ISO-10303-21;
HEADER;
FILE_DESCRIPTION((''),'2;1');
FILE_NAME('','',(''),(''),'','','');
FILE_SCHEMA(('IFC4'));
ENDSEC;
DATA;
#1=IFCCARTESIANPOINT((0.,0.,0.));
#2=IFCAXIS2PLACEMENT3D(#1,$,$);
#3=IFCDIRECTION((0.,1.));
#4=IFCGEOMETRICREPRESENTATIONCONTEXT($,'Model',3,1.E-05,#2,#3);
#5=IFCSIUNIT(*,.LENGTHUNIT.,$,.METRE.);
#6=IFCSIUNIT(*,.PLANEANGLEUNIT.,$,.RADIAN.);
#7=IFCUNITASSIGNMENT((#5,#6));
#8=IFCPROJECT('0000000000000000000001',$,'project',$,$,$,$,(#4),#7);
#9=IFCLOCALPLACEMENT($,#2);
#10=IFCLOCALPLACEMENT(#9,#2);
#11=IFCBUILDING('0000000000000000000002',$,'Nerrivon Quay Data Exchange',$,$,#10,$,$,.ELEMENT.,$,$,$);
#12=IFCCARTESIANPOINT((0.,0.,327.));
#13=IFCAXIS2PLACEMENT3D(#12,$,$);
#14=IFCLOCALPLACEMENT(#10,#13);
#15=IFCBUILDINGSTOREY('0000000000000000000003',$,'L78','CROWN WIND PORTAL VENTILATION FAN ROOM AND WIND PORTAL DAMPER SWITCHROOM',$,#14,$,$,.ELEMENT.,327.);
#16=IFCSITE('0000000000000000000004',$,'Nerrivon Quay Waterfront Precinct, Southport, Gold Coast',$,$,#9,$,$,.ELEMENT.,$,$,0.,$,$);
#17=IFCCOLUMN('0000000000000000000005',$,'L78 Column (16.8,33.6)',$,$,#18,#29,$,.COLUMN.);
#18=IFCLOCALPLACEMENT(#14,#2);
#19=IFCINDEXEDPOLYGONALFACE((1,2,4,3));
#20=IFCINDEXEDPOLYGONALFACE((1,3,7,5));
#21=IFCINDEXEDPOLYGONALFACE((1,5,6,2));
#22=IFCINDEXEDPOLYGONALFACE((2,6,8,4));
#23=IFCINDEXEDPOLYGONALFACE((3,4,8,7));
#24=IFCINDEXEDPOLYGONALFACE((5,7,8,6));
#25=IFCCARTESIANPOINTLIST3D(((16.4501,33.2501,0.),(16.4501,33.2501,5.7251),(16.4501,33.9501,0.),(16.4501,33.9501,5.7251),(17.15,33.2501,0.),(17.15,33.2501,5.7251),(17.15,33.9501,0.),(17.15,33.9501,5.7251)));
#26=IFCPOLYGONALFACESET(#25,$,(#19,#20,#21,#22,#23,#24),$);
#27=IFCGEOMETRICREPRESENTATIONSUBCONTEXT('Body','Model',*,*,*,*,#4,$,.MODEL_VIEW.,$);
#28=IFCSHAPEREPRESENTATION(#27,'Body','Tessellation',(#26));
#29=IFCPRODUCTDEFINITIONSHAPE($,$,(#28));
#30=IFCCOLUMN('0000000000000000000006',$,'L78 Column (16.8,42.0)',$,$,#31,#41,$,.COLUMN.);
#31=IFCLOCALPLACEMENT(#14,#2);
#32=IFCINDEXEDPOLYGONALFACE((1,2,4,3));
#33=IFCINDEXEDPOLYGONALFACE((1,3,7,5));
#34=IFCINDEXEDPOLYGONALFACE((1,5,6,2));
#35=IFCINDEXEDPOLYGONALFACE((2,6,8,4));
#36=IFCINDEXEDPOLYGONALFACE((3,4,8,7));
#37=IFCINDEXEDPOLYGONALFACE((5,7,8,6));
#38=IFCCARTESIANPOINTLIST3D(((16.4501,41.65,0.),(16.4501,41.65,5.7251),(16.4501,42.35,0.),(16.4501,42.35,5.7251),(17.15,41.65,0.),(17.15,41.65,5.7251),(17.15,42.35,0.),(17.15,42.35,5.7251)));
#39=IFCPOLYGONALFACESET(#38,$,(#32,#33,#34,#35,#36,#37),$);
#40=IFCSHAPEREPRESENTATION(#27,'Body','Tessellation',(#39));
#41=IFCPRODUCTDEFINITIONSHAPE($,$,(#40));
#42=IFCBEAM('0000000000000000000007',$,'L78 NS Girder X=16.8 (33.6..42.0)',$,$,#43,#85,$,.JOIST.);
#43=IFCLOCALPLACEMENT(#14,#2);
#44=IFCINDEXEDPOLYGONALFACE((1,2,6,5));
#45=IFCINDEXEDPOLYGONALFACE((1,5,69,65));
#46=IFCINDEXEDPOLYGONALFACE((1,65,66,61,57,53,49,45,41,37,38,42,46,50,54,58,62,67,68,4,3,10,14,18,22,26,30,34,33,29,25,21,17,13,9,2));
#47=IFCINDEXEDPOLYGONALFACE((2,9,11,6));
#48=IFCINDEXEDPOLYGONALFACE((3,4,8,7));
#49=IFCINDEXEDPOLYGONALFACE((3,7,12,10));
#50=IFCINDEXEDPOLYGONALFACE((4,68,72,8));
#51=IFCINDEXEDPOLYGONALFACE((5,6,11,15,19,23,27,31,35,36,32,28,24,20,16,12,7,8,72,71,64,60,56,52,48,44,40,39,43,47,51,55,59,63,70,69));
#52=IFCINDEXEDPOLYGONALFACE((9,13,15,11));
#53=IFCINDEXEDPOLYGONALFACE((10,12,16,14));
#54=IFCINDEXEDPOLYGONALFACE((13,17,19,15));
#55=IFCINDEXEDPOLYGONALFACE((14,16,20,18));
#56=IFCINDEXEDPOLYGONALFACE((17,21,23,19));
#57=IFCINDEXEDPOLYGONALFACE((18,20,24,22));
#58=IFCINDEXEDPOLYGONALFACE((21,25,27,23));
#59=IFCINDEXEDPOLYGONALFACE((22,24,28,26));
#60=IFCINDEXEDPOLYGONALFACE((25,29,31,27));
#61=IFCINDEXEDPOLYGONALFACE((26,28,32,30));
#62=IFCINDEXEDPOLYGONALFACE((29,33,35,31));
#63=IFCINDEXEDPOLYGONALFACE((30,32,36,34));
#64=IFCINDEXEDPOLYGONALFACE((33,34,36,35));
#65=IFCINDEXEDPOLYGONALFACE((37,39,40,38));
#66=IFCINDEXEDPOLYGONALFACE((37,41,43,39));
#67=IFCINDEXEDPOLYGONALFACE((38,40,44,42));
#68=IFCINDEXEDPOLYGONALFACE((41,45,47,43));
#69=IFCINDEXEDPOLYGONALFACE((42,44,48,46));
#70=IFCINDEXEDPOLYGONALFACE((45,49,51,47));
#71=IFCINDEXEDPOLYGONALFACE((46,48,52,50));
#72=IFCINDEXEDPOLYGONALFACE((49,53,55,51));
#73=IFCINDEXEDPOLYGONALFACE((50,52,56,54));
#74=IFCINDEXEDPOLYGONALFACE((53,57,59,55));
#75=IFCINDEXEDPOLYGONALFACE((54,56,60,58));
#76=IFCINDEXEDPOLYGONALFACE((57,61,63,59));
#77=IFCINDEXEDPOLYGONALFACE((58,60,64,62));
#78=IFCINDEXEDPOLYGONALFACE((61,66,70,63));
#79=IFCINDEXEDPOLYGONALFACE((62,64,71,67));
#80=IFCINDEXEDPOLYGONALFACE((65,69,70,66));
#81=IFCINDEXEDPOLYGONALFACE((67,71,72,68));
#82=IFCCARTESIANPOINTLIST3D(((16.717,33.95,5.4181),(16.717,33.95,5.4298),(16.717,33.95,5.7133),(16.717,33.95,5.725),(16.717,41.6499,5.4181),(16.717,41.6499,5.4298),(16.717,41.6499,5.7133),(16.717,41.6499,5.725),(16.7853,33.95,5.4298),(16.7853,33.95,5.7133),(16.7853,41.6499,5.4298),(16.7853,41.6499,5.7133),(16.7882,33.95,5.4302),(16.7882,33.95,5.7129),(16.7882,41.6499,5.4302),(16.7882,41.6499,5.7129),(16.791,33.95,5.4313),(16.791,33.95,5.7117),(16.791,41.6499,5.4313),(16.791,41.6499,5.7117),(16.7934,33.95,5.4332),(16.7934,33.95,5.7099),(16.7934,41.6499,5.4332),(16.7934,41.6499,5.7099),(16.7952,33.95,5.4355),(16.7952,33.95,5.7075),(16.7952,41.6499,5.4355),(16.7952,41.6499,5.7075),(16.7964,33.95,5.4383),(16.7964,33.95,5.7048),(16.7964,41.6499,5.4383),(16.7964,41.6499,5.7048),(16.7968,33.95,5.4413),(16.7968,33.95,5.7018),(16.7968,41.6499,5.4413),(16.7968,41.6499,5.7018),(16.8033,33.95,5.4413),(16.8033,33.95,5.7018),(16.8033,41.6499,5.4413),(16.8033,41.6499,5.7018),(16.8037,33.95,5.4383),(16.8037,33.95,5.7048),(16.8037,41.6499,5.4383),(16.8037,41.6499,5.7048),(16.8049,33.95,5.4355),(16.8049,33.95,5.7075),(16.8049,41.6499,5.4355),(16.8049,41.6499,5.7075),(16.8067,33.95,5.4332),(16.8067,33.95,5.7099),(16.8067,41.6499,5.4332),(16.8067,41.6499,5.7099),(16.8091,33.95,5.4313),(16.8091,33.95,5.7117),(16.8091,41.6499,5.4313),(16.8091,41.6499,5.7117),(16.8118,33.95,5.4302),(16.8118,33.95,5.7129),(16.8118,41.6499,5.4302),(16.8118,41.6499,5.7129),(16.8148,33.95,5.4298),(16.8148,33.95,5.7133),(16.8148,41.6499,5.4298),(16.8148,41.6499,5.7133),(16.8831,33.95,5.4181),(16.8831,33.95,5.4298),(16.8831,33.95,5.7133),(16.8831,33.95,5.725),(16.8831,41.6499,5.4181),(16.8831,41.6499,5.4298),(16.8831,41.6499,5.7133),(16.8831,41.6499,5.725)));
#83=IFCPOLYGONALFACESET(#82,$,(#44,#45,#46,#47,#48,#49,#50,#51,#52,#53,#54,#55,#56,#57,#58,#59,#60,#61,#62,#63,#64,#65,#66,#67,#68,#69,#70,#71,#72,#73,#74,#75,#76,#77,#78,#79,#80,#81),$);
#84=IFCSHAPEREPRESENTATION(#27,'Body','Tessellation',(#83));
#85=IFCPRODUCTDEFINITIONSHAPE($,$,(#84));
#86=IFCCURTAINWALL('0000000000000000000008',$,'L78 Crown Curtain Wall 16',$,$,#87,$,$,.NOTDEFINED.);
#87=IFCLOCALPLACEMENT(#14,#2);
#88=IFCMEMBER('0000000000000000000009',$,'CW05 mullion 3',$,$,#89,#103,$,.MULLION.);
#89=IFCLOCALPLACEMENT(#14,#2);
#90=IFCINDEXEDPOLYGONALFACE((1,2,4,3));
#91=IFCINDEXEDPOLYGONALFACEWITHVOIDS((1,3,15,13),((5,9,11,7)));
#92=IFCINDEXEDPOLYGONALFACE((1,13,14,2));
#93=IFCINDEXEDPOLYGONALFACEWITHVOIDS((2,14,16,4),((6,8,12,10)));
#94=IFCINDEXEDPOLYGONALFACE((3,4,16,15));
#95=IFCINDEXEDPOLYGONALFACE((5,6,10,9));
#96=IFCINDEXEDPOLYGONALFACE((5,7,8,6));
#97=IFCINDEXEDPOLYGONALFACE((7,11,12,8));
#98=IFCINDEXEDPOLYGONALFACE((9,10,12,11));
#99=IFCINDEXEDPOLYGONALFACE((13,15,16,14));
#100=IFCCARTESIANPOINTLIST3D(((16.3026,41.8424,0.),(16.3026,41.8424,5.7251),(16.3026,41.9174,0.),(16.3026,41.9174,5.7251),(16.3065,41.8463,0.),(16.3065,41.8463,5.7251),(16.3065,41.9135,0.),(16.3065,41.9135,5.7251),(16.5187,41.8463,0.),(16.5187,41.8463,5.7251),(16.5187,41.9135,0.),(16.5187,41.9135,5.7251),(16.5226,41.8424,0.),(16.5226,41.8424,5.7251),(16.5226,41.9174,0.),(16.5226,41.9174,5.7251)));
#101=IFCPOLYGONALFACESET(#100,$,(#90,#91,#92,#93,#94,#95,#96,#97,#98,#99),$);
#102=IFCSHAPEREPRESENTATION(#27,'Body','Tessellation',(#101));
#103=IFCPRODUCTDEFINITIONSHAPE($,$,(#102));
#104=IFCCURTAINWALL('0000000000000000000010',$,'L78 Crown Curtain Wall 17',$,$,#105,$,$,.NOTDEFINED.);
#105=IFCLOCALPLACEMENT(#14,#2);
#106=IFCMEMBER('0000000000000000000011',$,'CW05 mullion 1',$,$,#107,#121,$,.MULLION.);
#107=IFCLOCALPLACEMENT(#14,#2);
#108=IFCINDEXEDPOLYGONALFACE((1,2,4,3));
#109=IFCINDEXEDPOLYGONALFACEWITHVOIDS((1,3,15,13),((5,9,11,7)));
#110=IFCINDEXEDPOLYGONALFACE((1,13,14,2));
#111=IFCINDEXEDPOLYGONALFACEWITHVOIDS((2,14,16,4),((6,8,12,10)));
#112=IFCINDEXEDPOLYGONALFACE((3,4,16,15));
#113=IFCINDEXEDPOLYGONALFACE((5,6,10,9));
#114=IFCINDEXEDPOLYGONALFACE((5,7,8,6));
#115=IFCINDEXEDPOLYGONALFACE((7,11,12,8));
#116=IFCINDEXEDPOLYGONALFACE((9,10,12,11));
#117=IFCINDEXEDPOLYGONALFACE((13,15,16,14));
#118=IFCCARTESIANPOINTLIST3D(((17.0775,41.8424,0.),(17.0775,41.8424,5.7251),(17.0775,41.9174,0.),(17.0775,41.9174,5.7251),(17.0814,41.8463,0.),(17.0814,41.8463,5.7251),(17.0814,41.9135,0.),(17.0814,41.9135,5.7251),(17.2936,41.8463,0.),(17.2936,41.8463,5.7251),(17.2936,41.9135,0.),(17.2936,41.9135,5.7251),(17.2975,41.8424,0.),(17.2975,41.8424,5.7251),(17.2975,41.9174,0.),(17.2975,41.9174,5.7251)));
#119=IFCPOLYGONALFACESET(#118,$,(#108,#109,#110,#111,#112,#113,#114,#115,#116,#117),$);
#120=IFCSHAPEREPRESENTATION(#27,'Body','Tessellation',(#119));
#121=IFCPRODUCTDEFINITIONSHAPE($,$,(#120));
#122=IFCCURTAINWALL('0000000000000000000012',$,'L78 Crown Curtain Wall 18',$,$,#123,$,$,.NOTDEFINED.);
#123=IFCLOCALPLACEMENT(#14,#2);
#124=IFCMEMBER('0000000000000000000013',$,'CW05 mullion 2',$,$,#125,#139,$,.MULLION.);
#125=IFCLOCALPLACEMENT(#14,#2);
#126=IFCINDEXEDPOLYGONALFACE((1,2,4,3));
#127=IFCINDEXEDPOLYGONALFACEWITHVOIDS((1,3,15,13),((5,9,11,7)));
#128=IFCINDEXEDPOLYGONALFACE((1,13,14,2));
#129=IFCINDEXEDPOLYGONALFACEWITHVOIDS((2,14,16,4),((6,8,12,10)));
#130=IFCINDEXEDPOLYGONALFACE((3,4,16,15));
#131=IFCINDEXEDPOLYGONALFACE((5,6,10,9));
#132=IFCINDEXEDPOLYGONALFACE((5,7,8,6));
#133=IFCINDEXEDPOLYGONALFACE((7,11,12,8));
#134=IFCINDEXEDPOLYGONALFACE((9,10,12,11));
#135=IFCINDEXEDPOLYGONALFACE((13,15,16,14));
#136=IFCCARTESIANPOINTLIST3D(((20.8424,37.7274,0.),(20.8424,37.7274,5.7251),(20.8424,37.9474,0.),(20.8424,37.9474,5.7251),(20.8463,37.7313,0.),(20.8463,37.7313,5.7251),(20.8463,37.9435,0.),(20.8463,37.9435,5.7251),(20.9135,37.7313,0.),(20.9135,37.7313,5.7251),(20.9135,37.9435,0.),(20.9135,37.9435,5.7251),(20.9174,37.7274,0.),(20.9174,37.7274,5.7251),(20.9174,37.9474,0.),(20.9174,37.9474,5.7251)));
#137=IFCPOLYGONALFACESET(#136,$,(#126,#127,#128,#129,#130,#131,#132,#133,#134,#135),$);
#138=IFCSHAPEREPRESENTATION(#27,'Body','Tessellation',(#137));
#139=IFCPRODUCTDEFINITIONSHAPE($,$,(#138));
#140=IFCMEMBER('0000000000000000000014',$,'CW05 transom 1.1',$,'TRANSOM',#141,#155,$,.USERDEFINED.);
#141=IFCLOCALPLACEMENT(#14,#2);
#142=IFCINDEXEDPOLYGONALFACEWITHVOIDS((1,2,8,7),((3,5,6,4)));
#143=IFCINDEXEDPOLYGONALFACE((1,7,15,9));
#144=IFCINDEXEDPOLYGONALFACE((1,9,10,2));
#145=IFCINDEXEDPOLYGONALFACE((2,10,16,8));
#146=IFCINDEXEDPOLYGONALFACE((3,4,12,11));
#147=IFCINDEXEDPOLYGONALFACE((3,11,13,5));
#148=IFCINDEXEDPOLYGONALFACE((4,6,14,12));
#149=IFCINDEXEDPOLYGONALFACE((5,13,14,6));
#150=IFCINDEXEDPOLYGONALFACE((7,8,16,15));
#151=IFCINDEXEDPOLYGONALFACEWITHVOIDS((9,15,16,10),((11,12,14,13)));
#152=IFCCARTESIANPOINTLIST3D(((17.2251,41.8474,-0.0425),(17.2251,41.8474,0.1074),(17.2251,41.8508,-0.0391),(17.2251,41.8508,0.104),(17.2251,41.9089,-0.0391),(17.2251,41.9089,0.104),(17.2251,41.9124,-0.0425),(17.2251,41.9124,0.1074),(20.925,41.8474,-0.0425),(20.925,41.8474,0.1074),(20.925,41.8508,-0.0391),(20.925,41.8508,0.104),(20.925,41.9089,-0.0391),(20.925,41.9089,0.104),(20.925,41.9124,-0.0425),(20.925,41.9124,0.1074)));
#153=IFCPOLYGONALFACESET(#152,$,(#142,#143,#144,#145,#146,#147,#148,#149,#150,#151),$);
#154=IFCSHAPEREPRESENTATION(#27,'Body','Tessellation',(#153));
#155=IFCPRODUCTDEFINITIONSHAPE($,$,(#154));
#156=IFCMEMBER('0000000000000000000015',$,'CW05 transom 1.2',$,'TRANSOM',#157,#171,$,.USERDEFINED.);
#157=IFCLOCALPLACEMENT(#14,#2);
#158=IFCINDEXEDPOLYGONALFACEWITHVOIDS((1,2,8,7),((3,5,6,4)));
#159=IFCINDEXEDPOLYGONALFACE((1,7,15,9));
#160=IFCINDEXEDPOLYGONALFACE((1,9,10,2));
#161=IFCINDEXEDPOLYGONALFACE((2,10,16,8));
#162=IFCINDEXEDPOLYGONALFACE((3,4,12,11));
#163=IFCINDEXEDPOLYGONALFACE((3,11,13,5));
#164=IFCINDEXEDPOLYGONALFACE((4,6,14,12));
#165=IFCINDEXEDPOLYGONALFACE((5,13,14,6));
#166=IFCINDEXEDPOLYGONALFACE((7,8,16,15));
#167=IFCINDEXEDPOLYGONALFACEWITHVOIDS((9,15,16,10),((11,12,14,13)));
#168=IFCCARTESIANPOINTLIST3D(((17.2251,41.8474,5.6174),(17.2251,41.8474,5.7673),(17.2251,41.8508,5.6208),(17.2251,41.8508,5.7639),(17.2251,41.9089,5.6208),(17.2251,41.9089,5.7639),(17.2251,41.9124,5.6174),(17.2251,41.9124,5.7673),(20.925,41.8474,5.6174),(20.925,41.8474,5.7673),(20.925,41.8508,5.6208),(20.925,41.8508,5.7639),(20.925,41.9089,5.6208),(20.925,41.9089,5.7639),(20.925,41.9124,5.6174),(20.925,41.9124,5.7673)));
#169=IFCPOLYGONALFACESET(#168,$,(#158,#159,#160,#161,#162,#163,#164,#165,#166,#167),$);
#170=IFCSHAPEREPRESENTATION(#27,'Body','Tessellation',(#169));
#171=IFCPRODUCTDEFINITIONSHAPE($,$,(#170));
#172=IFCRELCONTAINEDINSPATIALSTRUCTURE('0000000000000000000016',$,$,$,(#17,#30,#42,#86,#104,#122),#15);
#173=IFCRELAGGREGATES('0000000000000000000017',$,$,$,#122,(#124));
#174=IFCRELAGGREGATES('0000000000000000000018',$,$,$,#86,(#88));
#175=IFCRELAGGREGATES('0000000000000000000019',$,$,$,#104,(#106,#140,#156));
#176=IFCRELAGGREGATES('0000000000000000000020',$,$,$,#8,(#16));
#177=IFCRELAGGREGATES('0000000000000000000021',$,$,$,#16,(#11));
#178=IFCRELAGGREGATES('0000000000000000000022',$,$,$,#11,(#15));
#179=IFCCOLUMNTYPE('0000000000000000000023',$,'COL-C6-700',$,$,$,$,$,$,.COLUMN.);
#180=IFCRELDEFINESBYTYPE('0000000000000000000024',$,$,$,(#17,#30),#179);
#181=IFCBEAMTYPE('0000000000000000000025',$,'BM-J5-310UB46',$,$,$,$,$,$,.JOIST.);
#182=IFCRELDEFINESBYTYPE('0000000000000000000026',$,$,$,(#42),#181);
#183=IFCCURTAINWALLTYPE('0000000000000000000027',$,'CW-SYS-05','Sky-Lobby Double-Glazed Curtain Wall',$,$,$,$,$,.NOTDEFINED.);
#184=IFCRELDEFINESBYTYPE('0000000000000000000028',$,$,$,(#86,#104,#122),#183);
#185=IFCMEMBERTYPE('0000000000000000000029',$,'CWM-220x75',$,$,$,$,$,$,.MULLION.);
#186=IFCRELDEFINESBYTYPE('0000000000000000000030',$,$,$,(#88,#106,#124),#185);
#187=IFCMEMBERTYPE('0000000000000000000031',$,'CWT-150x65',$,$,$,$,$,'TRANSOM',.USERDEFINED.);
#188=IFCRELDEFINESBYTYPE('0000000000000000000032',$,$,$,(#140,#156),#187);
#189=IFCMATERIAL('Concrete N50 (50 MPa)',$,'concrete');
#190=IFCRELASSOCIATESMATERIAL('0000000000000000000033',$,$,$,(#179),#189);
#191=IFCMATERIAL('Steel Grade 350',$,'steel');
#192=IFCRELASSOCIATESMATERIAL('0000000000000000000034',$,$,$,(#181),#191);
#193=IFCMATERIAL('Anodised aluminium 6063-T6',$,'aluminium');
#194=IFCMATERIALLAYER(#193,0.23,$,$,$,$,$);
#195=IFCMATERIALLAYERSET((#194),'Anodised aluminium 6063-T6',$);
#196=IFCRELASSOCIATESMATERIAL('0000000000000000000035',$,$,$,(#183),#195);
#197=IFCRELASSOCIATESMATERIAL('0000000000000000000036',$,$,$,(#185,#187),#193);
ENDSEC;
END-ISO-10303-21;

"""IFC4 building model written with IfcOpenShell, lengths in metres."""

from ifc_helpers import new_model, si_unit, direction, frame, origin, origin_2d, place, context, subcontext, project, spatial, rectangle, hollow_rectangle, i_section, extrude, material, layer, layer_set, material_profile, profile_set, type_object, element, aggregate, save


model = new_model("IFC4")

# Units and contexts
model_context = context("Model", 3, precision=1e-05, world=origin(), true_north=direction((0.0, 1.0)))
body_context = subcontext(model_context, "Body", "Model", "MODEL_VIEW")
ifc_project = project(units=[si_unit("LENGTHUNIT", "METRE"), si_unit("PLANEANGLEUNIT", "RADIAN")], contexts=[model_context])

# Site, building, storey
site_placement = place(None, origin())
site = spatial("IfcSite", under=ifc_project, at=site_placement, Name="Nerrivon Quay Waterfront Precinct, Southport, Gold Coast", CompositionType="ELEMENT", RefElevation=0.0)
building_placement = place(site_placement, origin())
building = spatial("IfcBuilding", under=site, at=building_placement, Name="Nerrivon Quay Data Exchange", CompositionType="ELEMENT")
storey_placement = place(building_placement, frame((0.0, 0.0, 327.0)))
storey = spatial("IfcBuildingStorey", under=building, at=storey_placement, Name="L78", Description="CROWN WIND PORTAL VENTILATION FAN ROOM AND WIND PORTAL DAMPER SWITCHROOM", CompositionType="ELEMENT", Elevation=327.0)

# Columns
ifc_material_1 = material(Name="Concrete N50 (50 MPa)", Category="concrete")
ifc_material_profile_1 = material_profile(ifc_material_1, rectangle(XDim=0.7, YDim=0.7, at=origin_2d()), Name="RC-COL-700x700")
ifc_profile_set_1 = profile_set([ifc_material_profile_1], Name="Concrete N50 (50 MPa)")
column_type = type_object("IfcColumnType", Name="COL-C6-700", PredefinedType="COLUMN", material=ifc_profile_set_1)
for number, where, z_axis, x_axis, name in (
    (1, (16.8, 33.6001, 0.0), (0.0, 0.0, 1.0), (1.0, 0.0, 0.0), "L78 Column (16.8,33.6)"),
    (2, (16.8, 42.0, 0.0), (0.0, 0.0, 1.0), (1.0, 0.0, 0.0), "L78 Column (16.8,42.0)"),
):
    element("IfcColumn", number, at=place(storey_placement, frame(where, z_axis=z_axis, x_axis=x_axis)), inside=storey, type_object=column_type, Name=name, PredefinedType="COLUMN", context=body_context, shape_type="SweptSolid", body=[
        extrude(rectangle(XDim=0.7, YDim=0.7, at=origin_2d()), origin(), (0.0, 0.0, 1.0), 5.7251),
    ])

# Beam
ifc_material_2 = material(Name="Steel Grade 350", Category="steel")
ifc_material_profile_2 = material_profile(ifc_material_2, i_section(OverallWidth=0.166, OverallDepth=0.3069, WebThickness=0.0066, FlangeThickness=0.0117, FilletRadius=0.0115, at=origin_2d()), Name="310UB46.2")
ifc_profile_set_2 = profile_set([ifc_material_profile_2], Name="Steel Grade 350")
beam_type = type_object("IfcBeamType", Name="BM-J5-310UB46", PredefinedType="JOIST", material=ifc_profile_set_2)
beam_placement = place(storey_placement, frame((16.8, 33.95, 5.5715), z_axis=(0.0, 1.0, 0.0), x_axis=(-1.0, 0.0, 0.0)))
element("IfcBeam", 3, at=beam_placement, inside=storey, type_object=beam_type, Name="L78 NS Girder X=16.8 (33.6..42.0)", PredefinedType="JOIST", context=body_context, shape_type="SweptSolid", body=[
    extrude(i_section(OverallWidth=0.166, OverallDepth=0.3069, WebThickness=0.0066, FlangeThickness=0.0117, FilletRadius=0.0115, at=origin_2d()), origin(), (0.0, 0.0, 1.0), 7.7),
])

# Curtain walls, members
ifc_material_3 = material(Name="Anodised aluminium 6063-T6", Category="aluminium")
ifc_layer_1 = layer(ifc_material_3, 0.23)
ifc_layer_set_1 = layer_set([ifc_layer_1], Name="Anodised aluminium 6063-T6")
curtain_wall_type = type_object("IfcCurtainWallType", Name="CW-SYS-05", Description="Sky-Lobby Double-Glazed Curtain Wall", PredefinedType="NOTDEFINED", material=ifc_layer_set_1)
curtain_wall_1_placement = place(storey_placement, origin())
curtain_wall_1 = element("IfcCurtainWall", 4, at=curtain_wall_1_placement, inside=storey, type_object=curtain_wall_type, Name="L78 Crown Curtain Wall 16", PredefinedType="NOTDEFINED")
ifc_material_profile_3 = material_profile(ifc_material_3, hollow_rectangle(XDim=0.075, YDim=0.22, WallThickness=0.0039, at=origin_2d()), Name="ALU-MULL-220x75")
ifc_profile_set_3 = profile_set([ifc_material_profile_3], Name="Anodised aluminium 6063-T6")
member_type_1 = type_object("IfcMemberType", Name="CWM-220x75", PredefinedType="MULLION", material=ifc_profile_set_3)
member_1_placement = place(storey_placement, frame((16.4126, 41.8799, 0.0), z_axis=(0.0, 0.0, 1.0), x_axis=(0.0, 1.0, 0.0)))
member_1 = element("IfcMember", 5, at=member_1_placement, type_object=member_type_1, Name="CW05 mullion 3", PredefinedType="MULLION", context=body_context, shape_type="SweptSolid", body=[
    extrude(hollow_rectangle(XDim=0.075, YDim=0.22, WallThickness=0.0039, at=origin_2d()), origin(), (0.0, 0.0, 1.0), 5.7251),
])
curtain_wall_2_placement = place(storey_placement, origin())
curtain_wall_2 = element("IfcCurtainWall", 6, at=curtain_wall_2_placement, inside=storey, type_object=curtain_wall_type, Name="L78 Crown Curtain Wall 17", PredefinedType="NOTDEFINED")
member_2_placement = place(storey_placement, frame((17.1875, 41.8799, 0.0), z_axis=(0.0, 0.0, 1.0), x_axis=(0.0, 1.0, 0.0)))
member_2 = element("IfcMember", 7, at=member_2_placement, type_object=member_type_1, Name="CW05 mullion 1", PredefinedType="MULLION", context=body_context, shape_type="SweptSolid", body=[
    extrude(hollow_rectangle(XDim=0.075, YDim=0.22, WallThickness=0.0039, at=origin_2d()), origin(), (0.0, 0.0, 1.0), 5.7251),
])
curtain_wall_3_placement = place(storey_placement, origin())
curtain_wall_3 = element("IfcCurtainWall", 8, at=curtain_wall_3_placement, inside=storey, type_object=curtain_wall_type, Name="L78 Crown Curtain Wall 18", PredefinedType="NOTDEFINED")
member_3_placement = place(storey_placement, frame((20.8799, 37.8374, 0.0), z_axis=(0.0, 0.0, 1.0), x_axis=(1.0, 0.0, 0.0)))
member_3 = element("IfcMember", 9, at=member_3_placement, type_object=member_type_1, Name="CW05 mullion 2", PredefinedType="MULLION", context=body_context, shape_type="SweptSolid", body=[
    extrude(hollow_rectangle(XDim=0.075, YDim=0.22, WallThickness=0.0039, at=origin_2d()), origin(), (0.0, 0.0, 1.0), 5.7251),
])
aggregate(curtain_wall_3, [member_3])

# Members
ifc_material_profile_4 = material_profile(ifc_material_3, hollow_rectangle(XDim=0.0649, YDim=0.1499, WallThickness=0.0034, at=origin_2d()), Name="ALU-TRAN-150x65")
ifc_profile_set_4 = profile_set([ifc_material_profile_4], Name="Anodised aluminium 6063-T6")
member_type_2 = type_object("IfcMemberType", Name="CWT-150x65", ElementType="TRANSOM", PredefinedType="USERDEFINED", material=ifc_profile_set_4)
member_4_placement = place(storey_placement, frame((17.2251, 41.8799, 0.0325), z_axis=(1.0, 0.0, 0.0), x_axis=(0.0, 1.0, 0.0)))
member_4 = element("IfcMember", 10, at=member_4_placement, type_object=member_type_2, Name="CW05 transom 1.1", ObjectType="TRANSOM", PredefinedType="USERDEFINED", context=body_context, shape_type="SweptSolid", body=[
    extrude(hollow_rectangle(XDim=0.0649, YDim=0.1499, WallThickness=0.0034, at=origin_2d()), origin(), (0.0, 0.0, 1.0), 3.7),
])
member_5_placement = place(storey_placement, frame((17.2251, 41.8799, 5.6924), z_axis=(1.0, 0.0, 0.0), x_axis=(0.0, 1.0, 0.0)))
member_5 = element("IfcMember", 11, at=member_5_placement, type_object=member_type_2, Name="CW05 transom 1.2", ObjectType="TRANSOM", PredefinedType="USERDEFINED", context=body_context, shape_type="SweptSolid", body=[
    extrude(hollow_rectangle(XDim=0.0649, YDim=0.1499, WallThickness=0.0034, at=origin_2d()), origin(), (0.0, 0.0, 1.0), 3.7),
])

aggregate(curtain_wall_1, [member_1])
aggregate(curtain_wall_2, [member_2, member_4, member_5])

save(model, "model.ifc")
